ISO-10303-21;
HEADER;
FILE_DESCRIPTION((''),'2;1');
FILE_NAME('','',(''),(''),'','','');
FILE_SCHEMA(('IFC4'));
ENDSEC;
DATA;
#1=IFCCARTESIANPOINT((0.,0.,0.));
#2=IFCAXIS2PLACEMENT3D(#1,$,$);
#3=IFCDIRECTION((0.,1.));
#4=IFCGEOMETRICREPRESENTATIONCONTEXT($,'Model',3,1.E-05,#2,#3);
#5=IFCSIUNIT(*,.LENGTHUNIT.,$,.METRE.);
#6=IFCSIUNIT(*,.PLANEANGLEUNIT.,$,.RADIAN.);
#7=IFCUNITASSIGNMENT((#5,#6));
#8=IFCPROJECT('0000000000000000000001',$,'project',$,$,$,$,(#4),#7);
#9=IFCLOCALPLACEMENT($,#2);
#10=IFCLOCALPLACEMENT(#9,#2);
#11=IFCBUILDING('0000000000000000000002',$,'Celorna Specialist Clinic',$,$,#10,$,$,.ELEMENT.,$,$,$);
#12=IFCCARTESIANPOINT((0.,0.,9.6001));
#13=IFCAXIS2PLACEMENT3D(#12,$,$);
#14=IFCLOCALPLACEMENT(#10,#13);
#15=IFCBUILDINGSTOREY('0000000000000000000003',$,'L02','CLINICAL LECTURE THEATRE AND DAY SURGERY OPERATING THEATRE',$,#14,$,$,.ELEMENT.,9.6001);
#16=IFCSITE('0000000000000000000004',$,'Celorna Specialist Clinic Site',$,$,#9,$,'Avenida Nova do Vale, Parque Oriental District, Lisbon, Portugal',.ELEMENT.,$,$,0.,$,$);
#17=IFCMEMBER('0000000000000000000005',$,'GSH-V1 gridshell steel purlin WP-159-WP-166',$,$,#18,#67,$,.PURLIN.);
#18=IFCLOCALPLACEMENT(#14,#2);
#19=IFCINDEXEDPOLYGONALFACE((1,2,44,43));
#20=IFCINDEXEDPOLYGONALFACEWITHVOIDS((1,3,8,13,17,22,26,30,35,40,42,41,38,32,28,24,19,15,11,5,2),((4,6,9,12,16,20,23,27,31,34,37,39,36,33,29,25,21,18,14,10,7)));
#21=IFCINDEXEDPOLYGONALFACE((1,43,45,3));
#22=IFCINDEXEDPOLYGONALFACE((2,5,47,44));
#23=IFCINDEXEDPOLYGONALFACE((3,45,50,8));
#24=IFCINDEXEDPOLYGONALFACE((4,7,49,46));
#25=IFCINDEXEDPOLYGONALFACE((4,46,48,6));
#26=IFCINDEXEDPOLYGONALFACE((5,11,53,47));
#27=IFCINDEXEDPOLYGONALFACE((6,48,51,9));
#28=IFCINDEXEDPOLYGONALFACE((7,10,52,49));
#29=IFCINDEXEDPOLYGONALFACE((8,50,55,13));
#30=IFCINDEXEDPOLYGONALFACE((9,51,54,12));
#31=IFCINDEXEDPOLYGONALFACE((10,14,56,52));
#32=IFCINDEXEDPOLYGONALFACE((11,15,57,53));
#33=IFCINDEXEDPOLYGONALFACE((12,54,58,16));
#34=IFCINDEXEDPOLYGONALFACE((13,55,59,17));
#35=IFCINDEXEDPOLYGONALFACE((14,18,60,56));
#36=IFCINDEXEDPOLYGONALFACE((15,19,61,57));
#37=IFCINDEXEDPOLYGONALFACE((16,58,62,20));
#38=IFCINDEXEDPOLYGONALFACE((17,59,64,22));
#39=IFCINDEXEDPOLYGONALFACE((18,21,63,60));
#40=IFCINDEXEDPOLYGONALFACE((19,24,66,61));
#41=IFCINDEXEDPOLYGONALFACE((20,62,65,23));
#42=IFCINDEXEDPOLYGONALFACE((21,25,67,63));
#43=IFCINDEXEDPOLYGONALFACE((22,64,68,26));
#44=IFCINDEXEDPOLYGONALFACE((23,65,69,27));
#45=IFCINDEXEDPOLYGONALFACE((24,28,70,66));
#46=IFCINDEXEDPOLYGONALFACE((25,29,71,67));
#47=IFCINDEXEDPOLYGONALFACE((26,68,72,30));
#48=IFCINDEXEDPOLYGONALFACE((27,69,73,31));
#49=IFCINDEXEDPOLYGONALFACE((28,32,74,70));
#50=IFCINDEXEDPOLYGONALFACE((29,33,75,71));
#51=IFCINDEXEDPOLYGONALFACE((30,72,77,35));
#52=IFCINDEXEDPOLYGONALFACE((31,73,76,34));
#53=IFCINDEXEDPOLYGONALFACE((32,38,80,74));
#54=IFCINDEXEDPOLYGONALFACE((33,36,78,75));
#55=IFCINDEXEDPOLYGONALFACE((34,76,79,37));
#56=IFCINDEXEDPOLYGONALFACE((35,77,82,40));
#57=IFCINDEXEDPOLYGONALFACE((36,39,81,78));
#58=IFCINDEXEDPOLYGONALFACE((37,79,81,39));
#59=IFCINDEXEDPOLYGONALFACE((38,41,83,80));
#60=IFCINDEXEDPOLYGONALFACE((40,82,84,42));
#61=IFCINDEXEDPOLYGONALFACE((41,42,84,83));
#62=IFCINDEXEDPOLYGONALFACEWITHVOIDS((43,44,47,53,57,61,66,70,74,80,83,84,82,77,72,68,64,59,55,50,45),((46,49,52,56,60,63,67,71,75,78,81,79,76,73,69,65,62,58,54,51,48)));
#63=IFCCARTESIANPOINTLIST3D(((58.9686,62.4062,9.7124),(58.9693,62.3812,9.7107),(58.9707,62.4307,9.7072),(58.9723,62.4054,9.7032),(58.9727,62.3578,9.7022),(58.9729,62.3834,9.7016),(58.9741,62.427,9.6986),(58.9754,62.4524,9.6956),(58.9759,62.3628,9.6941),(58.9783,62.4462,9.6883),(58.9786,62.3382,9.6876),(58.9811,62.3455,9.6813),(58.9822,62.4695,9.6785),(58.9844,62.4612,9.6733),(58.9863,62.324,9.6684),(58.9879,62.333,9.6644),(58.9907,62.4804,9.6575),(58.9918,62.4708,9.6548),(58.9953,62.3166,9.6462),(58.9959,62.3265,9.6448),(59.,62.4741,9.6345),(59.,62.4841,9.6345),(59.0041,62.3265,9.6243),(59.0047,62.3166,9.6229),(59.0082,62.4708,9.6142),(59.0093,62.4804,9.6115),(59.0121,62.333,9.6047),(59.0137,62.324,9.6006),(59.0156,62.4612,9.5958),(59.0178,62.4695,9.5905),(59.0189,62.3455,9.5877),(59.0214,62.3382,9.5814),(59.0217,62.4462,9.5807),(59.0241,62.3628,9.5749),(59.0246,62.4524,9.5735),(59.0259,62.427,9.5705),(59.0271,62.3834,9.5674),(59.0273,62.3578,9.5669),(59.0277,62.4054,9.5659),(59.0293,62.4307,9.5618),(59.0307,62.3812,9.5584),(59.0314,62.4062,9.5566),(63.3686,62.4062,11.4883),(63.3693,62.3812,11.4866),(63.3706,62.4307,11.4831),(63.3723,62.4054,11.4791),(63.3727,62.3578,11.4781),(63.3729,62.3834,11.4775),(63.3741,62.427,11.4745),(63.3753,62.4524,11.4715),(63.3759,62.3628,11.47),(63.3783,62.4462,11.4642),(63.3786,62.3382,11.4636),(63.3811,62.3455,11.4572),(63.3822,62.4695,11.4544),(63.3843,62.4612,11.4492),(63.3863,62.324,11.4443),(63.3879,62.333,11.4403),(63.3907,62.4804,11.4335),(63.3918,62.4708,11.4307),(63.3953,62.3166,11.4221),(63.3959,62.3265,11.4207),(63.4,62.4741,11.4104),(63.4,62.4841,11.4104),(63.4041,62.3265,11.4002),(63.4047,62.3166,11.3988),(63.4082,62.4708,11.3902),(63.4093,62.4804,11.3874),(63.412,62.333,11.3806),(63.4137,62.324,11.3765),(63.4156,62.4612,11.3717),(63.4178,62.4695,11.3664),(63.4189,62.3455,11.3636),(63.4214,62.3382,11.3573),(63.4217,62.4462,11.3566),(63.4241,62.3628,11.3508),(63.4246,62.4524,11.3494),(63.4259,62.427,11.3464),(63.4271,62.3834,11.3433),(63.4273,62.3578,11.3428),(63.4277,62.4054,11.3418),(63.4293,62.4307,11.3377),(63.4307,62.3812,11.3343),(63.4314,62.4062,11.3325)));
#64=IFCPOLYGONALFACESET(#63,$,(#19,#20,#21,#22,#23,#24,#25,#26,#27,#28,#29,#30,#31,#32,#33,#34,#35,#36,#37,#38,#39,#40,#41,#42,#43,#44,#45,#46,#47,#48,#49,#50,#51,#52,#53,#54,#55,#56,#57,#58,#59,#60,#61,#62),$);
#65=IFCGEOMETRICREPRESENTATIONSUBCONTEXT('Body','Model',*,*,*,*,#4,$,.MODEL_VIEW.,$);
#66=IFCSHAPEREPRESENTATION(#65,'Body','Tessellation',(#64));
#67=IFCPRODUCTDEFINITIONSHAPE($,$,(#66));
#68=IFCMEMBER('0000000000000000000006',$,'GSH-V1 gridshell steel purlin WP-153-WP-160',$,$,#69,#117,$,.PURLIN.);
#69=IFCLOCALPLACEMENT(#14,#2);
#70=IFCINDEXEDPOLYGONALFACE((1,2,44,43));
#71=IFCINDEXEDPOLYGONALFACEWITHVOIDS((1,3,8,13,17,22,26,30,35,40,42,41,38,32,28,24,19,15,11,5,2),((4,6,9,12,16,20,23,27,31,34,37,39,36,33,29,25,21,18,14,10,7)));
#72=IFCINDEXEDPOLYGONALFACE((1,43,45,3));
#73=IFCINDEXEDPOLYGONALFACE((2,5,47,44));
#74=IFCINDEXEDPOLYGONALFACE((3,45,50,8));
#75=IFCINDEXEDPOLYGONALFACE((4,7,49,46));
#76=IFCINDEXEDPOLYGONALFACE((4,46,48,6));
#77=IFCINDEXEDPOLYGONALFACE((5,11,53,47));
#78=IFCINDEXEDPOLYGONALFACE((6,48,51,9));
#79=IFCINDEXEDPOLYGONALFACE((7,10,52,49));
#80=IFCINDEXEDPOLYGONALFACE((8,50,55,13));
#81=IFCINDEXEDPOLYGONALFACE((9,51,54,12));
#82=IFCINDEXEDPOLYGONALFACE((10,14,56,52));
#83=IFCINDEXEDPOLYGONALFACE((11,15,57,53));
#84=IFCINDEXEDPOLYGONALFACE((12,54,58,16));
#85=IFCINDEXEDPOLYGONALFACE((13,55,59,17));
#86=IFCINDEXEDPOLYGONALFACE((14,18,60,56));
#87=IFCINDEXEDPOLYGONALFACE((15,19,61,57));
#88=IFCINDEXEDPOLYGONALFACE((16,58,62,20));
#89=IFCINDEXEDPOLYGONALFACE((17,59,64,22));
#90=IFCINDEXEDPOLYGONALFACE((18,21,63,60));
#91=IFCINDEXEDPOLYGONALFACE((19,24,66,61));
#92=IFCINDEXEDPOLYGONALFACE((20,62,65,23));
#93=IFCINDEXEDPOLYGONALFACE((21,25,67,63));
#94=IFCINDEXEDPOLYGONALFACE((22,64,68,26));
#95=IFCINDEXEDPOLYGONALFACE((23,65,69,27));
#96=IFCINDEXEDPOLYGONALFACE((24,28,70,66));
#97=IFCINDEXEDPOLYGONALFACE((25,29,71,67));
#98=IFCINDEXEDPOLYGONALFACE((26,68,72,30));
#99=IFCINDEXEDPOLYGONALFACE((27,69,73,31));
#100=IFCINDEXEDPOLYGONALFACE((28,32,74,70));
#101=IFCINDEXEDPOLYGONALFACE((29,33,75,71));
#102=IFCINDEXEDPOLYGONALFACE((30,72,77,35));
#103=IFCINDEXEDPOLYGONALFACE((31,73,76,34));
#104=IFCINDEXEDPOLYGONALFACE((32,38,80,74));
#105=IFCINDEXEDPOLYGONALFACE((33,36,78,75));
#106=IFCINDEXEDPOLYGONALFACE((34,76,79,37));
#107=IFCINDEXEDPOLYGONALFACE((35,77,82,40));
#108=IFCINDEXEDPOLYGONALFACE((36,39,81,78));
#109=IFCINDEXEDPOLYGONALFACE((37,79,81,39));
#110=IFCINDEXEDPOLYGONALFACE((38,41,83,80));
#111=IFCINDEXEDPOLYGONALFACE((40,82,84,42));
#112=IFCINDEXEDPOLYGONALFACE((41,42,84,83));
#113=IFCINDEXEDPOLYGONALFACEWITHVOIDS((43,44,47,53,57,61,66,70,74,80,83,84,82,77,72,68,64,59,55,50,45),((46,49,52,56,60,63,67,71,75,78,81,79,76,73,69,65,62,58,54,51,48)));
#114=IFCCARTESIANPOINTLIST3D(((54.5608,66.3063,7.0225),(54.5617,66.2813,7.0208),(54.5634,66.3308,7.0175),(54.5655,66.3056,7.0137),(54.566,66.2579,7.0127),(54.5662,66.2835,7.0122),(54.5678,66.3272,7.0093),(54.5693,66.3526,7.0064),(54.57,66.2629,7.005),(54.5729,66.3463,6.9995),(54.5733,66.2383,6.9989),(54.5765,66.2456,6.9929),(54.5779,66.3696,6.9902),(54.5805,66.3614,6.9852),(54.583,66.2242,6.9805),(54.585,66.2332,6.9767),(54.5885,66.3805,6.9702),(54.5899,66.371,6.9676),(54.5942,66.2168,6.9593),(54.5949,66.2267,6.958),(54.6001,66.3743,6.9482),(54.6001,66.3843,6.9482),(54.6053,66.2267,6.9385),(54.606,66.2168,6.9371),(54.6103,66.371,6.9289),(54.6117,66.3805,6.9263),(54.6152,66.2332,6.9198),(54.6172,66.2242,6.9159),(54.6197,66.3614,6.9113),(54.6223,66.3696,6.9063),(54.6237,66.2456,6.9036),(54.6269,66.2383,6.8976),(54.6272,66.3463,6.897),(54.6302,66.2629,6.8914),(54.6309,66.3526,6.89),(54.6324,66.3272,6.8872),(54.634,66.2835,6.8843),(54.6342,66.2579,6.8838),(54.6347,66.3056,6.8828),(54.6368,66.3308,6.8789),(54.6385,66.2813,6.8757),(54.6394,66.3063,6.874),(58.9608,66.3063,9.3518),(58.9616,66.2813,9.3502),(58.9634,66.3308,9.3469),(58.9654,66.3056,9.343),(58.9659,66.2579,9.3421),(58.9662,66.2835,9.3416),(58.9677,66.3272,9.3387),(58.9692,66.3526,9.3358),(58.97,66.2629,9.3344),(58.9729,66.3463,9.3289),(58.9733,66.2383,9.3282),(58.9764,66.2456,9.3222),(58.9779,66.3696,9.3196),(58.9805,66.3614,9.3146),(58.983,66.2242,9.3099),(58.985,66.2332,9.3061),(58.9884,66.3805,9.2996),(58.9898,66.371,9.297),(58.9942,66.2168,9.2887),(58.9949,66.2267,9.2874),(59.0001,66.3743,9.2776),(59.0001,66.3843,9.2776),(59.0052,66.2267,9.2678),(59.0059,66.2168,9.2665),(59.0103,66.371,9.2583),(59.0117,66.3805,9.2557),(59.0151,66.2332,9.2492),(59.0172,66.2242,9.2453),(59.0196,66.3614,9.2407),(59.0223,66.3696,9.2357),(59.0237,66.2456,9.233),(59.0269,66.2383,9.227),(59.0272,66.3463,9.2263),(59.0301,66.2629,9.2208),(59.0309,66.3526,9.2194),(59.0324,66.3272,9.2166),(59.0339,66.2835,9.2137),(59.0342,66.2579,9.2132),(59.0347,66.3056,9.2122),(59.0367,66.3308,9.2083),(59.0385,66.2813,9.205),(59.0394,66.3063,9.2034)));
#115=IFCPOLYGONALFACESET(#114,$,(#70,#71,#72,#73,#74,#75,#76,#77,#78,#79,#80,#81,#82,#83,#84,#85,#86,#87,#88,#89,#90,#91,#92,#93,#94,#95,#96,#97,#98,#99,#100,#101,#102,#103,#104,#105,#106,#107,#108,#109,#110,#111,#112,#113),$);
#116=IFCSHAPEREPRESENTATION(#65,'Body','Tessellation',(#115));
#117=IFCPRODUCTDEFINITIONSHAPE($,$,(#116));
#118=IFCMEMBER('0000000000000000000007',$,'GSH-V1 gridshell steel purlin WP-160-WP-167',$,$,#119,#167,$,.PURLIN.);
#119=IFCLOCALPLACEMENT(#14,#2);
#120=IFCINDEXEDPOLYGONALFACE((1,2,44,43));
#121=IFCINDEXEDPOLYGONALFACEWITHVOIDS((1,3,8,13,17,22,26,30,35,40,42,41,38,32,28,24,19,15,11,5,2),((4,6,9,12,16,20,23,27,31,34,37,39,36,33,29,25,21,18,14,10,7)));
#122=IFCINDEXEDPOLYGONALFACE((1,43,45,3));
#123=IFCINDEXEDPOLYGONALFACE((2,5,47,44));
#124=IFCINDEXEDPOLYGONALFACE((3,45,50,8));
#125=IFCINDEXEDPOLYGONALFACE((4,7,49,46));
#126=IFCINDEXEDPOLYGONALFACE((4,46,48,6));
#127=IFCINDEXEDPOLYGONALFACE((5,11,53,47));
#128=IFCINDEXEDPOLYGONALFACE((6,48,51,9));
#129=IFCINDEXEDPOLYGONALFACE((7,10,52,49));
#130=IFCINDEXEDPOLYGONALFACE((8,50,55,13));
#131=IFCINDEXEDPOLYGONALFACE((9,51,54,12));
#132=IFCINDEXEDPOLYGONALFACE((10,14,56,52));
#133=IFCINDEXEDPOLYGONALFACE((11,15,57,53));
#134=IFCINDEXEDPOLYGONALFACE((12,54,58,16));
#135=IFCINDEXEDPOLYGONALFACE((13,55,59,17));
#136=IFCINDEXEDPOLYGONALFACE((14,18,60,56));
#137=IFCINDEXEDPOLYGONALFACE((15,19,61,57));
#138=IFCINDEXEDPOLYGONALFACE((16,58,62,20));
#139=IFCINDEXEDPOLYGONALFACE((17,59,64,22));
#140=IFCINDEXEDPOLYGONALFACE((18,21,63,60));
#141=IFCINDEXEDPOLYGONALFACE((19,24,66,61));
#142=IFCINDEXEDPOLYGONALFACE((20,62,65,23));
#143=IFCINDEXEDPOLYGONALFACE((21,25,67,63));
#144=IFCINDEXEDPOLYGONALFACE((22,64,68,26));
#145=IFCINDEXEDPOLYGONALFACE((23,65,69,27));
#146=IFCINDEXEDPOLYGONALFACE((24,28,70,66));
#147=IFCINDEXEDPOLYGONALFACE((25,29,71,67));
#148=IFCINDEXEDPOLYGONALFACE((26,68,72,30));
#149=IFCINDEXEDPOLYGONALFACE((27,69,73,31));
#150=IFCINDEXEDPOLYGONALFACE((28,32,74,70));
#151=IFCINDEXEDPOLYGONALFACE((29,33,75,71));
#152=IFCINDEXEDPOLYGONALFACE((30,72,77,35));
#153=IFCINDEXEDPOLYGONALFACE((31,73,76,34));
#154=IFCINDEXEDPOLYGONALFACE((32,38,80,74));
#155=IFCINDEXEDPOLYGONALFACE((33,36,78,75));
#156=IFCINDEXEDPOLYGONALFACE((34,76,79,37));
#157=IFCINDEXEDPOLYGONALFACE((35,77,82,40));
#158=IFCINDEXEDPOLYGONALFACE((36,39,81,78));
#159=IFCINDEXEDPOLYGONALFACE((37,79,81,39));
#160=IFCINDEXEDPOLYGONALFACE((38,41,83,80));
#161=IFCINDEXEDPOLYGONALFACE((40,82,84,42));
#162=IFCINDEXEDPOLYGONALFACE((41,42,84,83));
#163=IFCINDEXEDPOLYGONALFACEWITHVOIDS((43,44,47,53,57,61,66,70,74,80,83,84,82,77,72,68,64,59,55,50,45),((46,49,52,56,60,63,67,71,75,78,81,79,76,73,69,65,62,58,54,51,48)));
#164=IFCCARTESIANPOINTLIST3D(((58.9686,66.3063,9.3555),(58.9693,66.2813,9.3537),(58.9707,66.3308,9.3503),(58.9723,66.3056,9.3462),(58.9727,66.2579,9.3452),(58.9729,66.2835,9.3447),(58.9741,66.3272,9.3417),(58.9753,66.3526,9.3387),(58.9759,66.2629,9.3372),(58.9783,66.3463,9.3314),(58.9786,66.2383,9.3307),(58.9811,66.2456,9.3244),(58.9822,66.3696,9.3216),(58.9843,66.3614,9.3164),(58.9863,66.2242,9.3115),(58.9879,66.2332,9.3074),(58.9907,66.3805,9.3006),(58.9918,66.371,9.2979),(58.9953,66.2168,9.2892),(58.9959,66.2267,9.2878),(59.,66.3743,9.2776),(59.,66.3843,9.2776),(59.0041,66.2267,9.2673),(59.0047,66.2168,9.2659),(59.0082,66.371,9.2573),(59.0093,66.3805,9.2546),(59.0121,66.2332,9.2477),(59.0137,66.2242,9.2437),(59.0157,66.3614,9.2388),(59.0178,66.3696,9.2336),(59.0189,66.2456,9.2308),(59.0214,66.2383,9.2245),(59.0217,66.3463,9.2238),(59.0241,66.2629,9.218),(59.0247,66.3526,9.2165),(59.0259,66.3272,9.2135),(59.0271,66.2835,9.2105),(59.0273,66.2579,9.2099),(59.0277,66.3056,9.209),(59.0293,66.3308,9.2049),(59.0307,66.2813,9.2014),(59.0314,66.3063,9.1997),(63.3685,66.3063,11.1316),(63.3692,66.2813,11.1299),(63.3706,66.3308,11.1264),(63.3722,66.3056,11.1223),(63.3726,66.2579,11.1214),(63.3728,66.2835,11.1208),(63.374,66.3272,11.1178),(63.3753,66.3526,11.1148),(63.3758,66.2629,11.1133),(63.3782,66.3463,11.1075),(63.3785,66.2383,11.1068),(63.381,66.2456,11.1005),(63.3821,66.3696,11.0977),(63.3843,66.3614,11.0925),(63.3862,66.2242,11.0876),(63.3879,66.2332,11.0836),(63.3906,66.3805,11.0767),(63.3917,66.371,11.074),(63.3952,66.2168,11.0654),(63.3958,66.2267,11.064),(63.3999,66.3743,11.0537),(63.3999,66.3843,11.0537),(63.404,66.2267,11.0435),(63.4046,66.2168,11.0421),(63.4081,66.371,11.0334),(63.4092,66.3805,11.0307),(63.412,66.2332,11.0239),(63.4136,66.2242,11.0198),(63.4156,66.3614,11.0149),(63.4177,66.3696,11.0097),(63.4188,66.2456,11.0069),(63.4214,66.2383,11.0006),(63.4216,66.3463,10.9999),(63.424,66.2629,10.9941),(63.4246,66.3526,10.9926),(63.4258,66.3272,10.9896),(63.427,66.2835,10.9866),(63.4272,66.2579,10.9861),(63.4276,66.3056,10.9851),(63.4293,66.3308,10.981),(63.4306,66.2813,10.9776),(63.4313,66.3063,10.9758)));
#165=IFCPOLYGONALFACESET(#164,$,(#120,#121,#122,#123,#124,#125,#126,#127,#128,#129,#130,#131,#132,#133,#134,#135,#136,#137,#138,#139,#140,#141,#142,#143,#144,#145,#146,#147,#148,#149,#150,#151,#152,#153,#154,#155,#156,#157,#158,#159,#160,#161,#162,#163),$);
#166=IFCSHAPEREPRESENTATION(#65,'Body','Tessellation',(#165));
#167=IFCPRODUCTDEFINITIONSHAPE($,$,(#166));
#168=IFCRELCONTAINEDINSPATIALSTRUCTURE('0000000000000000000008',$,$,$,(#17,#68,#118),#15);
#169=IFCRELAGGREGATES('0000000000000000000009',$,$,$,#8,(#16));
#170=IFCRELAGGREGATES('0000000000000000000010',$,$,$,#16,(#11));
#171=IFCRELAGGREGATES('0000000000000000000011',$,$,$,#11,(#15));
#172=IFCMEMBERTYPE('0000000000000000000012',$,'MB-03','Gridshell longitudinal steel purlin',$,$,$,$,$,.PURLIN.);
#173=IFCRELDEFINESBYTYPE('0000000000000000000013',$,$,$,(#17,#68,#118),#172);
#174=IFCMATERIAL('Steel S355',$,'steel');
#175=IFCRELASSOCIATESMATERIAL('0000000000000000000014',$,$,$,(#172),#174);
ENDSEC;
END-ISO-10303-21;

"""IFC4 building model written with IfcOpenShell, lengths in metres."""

from ifc_helpers import new_model, si_unit, direction, frame, origin, origin_2d, place, context, subcontext, project, spatial, hollow_circle, extrude, material, material_profile, profile_set, type_object, element, save


model = new_model("IFC4")

# Units and contexts
model_context = context("Model", 3, precision=1e-05, world=origin(), true_north=direction((0.0, 1.0)))
body_context = subcontext(model_context, "Body", "Model", "MODEL_VIEW")
ifc_project = project(units=[si_unit("LENGTHUNIT", "METRE"), si_unit("PLANEANGLEUNIT", "RADIAN")], contexts=[model_context])

# Site, building, storey
site_placement = place(None, origin())
site = spatial("IfcSite", under=ifc_project, at=site_placement, Name="Celorna Specialist Clinic Site", LongName="Avenida Nova do Vale, Parque Oriental District, Lisbon, Portugal", CompositionType="ELEMENT", RefElevation=0.0)
building_placement = place(site_placement, origin())
building = spatial("IfcBuilding", under=site, at=building_placement, Name="Celorna Specialist Clinic", CompositionType="ELEMENT")
storey_placement = place(building_placement, frame((0.0, 0.0, 9.6001)))
storey = spatial("IfcBuildingStorey", under=building, at=storey_placement, Name="L02", Description="CLINICAL LECTURE THEATRE AND DAY SURGERY OPERATING THEATRE", CompositionType="ELEMENT", Elevation=9.6001)

# Shared definitions
ifc_material_1 = material(Name="Steel S355", Category="steel")

# Members
ifc_material_profile_1 = material_profile(ifc_material_1, hollow_circle(Radius=0.0842, WallThickness=0.01, at=origin_2d()), Name="CHS 168.3x10")
ifc_profile_set_1 = profile_set([ifc_material_profile_1], Name="Steel S355")
member_type_1 = type_object("IfcMemberType", Name="MB-03", Description="Gridshell longitudinal steel purlin", PredefinedType="PURLIN", material=ifc_profile_set_1)
member_1_placement = place(storey_placement, frame((59.0, 62.3999, 9.6345), z_axis=(0.927315, 0.0, 0.374281), x_axis=(0.0, 1.0, 0.0)))
element("IfcMember", 1, at=member_1_placement, inside=storey, type_object=member_type_1, Name="GSH-V1 gridshell steel purlin WP-159-WP-166", PredefinedType="PURLIN", context=body_context, shape_type="SweptSolid", body=[
    extrude(hollow_circle(Radius=0.0842, WallThickness=0.01, at=origin_2d()), origin(), (0.0, 0.0, 1.0), 4.7449),
])
member_2_placement = place(storey_placement, frame((54.6001, 66.3, 6.9482), z_axis=(0.883789, 0.0, 0.467885), x_axis=(0.0, 1.0, 0.0)))
element("IfcMember", 2, at=member_2_placement, inside=storey, type_object=member_type_1, Name="GSH-V1 gridshell steel purlin WP-153-WP-160", PredefinedType="PURLIN", context=body_context, shape_type="SweptSolid", body=[
    extrude(hollow_circle(Radius=0.0842, WallThickness=0.01, at=origin_2d()), origin(), (0.0, 0.0, 1.0), 4.9785),
])
member_3_placement = place(storey_placement, frame((59.0, 66.3, 9.2776), z_axis=(0.927297, 0.0, 0.374325), x_axis=(0.0, 1.0, 0.0)))
element("IfcMember", 3, at=member_3_placement, inside=storey, type_object=member_type_1, Name="GSH-V1 gridshell steel purlin WP-160-WP-167", PredefinedType="PURLIN", context=body_context, shape_type="SweptSolid", body=[
    extrude(hollow_circle(Radius=0.0842, WallThickness=0.01, at=origin_2d()), origin(), (0.0, 0.0, 1.0), 4.7449),
])

save(model, "model.ifc")
